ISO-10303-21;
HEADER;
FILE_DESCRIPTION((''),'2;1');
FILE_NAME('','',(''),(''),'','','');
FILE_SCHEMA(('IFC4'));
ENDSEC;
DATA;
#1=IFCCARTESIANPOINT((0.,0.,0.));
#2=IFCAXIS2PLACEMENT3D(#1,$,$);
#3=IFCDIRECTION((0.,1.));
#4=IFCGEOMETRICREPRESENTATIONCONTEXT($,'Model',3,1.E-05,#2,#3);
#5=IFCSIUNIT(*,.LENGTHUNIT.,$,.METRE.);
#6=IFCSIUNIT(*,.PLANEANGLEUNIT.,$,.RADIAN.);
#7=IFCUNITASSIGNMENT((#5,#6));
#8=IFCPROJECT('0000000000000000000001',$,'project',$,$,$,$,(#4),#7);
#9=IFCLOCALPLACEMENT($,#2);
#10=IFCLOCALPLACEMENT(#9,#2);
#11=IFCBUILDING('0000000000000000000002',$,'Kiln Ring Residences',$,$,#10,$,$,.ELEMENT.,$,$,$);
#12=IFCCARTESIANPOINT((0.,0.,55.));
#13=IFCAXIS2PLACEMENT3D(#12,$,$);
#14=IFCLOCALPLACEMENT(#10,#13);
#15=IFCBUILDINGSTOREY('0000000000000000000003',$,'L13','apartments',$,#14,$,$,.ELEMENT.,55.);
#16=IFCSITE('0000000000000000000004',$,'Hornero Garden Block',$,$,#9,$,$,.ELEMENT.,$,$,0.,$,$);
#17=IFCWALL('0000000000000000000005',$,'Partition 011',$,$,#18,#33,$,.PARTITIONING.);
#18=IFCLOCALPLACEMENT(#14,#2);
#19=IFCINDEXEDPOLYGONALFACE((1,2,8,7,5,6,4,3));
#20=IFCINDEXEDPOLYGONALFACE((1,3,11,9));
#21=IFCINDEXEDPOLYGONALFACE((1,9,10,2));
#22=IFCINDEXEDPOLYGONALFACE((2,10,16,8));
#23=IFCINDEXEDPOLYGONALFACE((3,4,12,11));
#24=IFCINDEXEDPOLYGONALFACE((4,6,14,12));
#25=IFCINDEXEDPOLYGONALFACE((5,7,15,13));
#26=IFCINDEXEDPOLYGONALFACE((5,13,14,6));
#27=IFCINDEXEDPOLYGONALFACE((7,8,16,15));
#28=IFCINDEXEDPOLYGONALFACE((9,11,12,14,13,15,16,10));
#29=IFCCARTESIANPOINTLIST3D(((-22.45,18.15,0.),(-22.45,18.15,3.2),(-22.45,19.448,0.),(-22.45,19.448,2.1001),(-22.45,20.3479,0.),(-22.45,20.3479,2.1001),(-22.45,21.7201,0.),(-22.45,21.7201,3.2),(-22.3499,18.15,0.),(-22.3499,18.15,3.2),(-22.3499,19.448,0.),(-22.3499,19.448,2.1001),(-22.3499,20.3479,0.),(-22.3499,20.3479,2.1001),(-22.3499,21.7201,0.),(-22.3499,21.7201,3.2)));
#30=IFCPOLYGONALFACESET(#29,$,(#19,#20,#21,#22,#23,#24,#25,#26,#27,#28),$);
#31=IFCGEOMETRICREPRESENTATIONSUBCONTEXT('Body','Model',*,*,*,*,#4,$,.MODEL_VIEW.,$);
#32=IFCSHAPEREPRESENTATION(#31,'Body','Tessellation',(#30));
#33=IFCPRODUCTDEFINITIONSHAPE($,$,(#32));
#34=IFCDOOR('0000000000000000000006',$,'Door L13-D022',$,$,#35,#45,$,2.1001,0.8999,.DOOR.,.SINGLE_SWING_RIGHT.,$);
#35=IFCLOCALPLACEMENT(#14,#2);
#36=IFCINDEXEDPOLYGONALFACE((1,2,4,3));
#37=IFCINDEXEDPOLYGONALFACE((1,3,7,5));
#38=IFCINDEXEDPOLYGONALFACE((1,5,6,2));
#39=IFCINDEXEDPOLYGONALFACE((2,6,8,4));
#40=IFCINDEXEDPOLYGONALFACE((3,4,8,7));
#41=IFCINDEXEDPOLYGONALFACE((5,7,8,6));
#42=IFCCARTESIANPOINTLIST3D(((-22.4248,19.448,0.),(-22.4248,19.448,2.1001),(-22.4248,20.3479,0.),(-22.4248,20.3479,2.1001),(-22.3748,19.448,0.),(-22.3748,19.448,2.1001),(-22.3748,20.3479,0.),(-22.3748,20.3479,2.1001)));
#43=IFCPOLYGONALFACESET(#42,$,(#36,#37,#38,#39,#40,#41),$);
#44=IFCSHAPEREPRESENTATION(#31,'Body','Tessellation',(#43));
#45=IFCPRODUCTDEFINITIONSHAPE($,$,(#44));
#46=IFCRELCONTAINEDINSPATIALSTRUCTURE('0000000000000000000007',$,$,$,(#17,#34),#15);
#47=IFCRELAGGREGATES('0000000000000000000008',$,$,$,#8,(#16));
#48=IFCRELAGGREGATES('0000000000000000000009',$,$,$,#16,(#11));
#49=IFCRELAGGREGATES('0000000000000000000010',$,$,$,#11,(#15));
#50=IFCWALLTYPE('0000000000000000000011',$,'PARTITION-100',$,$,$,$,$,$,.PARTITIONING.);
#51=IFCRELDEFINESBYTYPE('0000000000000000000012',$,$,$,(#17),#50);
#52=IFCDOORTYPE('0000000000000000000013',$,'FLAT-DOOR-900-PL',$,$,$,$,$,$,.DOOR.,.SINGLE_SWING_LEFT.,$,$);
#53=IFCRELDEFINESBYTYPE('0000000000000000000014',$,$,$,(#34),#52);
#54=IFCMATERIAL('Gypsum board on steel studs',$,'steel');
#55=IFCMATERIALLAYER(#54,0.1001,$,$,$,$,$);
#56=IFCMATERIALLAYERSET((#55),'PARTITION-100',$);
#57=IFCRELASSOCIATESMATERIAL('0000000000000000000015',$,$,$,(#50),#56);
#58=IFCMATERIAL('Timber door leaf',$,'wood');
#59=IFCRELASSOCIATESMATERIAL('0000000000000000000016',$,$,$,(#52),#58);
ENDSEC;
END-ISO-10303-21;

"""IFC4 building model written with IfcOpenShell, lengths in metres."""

from ifc_helpers import new_model, si_unit, direction, frame, frame_2d, origin, place, context, subcontext, project, spatial, rectangle, extrude, material, layer, layer_set, type_object, element, fill, save


model = new_model("IFC4")

# Units and contexts
model_context = context("Model", 3, precision=1e-05, world=origin(), true_north=direction((0.0, 1.0)))
body_context = subcontext(model_context, "Body", "Model", "MODEL_VIEW")
ifc_project = project(units=[si_unit("LENGTHUNIT", "METRE"), si_unit("PLANEANGLEUNIT", "RADIAN")], contexts=[model_context])

# Site, building, storey
site_placement = place(None, origin())
site = spatial("IfcSite", under=ifc_project, at=site_placement, Name="Hornero Garden Block", CompositionType="ELEMENT", RefElevation=0.0)
building_placement = place(site_placement, origin())
building = spatial("IfcBuilding", under=site, at=building_placement, Name="Kiln Ring Residences", CompositionType="ELEMENT")
storey_placement = place(building_placement, frame((0.0, 0.0, 55.0)))
storey = spatial("IfcBuildingStorey", under=building, at=storey_placement, Name="L13", Description="apartments", CompositionType="ELEMENT", Elevation=55.0)

# Shared definitions
ifc_material_1 = material(Name="Gypsum board on steel studs", Category="steel")
ifc_layer_1 = layer(ifc_material_1, 0.1001)
ifc_layer_set_1 = layer_set([ifc_layer_1], Name="PARTITION-100")
wall_type_1 = type_object("IfcWallType", Name="PARTITION-100", PredefinedType="PARTITIONING", material=ifc_layer_set_1)
ifc_material_2 = material(Name="Timber door leaf", Category="wood")
door_type_1 = type_object("IfcDoorType", Name="FLAT-DOOR-900-PL", OperationType="SINGLE_SWING_LEFT", PredefinedType="DOOR", material=ifc_material_2)

# Wall, opening, door
wall_1_placement = place(storey_placement, frame((-22.3999, 18.1499, 0.0), z_axis=(0.0, 0.0, 1.0), x_axis=(0.0, 1.0, 0.0)))
wall_1 = element("IfcWall", 1, at=wall_1_placement, inside=storey, type_object=wall_type_1, Name="Partition 011", PredefinedType="PARTITIONING", context=body_context, shape_type="SweptSolid", body=[
    extrude(rectangle(XDim=3.5701, YDim=0.1001, at=frame_2d((1.7852, 0.0))), origin(), (0.0, 0.0, 1.0), 3.2),
])
opening_1_placement = place(wall_1_placement, frame((1.2981, 0.0, 0.0)))
opening_1 = element("IfcOpeningElement", 2, at=opening_1_placement, cuts=wall_1, PredefinedType="OPENING", context=body_context, shape_type="SweptSolid", body=[
    extrude(rectangle(XDim=0.8999, YDim=2.1001, at=frame_2d((0.45, 1.05))), frame((0.0, 0.0601, 0.0), z_axis=(0.0, -1.0, 0.0), x_axis=(1.0, 0.0, 0.0)), (0.0, 0.0, 1.0), 0.1201),
])
door_1_placement = place(opening_1_placement, origin())
door_1 = element("IfcDoor", 3, at=door_1_placement, inside=storey, type_object=door_type_1, Name="Door L13-D022", OperationType="SINGLE_SWING_RIGHT", OverallHeight=2.1001, OverallWidth=0.8999, PredefinedType="DOOR", context=body_context, shape_type="SweptSolid", body=[
    extrude(rectangle(XDim=0.8999, YDim=2.1001, at=frame_2d((0.45, 1.05))), frame((0.0, 0.0249, 0.0), z_axis=(0.0, -1.0, 0.0), x_axis=(1.0, 0.0, 0.0)), (0.0, 0.0, 1.0), 0.05),
])
fill(opening_1, door_1)

save(model, "model.ifc")
